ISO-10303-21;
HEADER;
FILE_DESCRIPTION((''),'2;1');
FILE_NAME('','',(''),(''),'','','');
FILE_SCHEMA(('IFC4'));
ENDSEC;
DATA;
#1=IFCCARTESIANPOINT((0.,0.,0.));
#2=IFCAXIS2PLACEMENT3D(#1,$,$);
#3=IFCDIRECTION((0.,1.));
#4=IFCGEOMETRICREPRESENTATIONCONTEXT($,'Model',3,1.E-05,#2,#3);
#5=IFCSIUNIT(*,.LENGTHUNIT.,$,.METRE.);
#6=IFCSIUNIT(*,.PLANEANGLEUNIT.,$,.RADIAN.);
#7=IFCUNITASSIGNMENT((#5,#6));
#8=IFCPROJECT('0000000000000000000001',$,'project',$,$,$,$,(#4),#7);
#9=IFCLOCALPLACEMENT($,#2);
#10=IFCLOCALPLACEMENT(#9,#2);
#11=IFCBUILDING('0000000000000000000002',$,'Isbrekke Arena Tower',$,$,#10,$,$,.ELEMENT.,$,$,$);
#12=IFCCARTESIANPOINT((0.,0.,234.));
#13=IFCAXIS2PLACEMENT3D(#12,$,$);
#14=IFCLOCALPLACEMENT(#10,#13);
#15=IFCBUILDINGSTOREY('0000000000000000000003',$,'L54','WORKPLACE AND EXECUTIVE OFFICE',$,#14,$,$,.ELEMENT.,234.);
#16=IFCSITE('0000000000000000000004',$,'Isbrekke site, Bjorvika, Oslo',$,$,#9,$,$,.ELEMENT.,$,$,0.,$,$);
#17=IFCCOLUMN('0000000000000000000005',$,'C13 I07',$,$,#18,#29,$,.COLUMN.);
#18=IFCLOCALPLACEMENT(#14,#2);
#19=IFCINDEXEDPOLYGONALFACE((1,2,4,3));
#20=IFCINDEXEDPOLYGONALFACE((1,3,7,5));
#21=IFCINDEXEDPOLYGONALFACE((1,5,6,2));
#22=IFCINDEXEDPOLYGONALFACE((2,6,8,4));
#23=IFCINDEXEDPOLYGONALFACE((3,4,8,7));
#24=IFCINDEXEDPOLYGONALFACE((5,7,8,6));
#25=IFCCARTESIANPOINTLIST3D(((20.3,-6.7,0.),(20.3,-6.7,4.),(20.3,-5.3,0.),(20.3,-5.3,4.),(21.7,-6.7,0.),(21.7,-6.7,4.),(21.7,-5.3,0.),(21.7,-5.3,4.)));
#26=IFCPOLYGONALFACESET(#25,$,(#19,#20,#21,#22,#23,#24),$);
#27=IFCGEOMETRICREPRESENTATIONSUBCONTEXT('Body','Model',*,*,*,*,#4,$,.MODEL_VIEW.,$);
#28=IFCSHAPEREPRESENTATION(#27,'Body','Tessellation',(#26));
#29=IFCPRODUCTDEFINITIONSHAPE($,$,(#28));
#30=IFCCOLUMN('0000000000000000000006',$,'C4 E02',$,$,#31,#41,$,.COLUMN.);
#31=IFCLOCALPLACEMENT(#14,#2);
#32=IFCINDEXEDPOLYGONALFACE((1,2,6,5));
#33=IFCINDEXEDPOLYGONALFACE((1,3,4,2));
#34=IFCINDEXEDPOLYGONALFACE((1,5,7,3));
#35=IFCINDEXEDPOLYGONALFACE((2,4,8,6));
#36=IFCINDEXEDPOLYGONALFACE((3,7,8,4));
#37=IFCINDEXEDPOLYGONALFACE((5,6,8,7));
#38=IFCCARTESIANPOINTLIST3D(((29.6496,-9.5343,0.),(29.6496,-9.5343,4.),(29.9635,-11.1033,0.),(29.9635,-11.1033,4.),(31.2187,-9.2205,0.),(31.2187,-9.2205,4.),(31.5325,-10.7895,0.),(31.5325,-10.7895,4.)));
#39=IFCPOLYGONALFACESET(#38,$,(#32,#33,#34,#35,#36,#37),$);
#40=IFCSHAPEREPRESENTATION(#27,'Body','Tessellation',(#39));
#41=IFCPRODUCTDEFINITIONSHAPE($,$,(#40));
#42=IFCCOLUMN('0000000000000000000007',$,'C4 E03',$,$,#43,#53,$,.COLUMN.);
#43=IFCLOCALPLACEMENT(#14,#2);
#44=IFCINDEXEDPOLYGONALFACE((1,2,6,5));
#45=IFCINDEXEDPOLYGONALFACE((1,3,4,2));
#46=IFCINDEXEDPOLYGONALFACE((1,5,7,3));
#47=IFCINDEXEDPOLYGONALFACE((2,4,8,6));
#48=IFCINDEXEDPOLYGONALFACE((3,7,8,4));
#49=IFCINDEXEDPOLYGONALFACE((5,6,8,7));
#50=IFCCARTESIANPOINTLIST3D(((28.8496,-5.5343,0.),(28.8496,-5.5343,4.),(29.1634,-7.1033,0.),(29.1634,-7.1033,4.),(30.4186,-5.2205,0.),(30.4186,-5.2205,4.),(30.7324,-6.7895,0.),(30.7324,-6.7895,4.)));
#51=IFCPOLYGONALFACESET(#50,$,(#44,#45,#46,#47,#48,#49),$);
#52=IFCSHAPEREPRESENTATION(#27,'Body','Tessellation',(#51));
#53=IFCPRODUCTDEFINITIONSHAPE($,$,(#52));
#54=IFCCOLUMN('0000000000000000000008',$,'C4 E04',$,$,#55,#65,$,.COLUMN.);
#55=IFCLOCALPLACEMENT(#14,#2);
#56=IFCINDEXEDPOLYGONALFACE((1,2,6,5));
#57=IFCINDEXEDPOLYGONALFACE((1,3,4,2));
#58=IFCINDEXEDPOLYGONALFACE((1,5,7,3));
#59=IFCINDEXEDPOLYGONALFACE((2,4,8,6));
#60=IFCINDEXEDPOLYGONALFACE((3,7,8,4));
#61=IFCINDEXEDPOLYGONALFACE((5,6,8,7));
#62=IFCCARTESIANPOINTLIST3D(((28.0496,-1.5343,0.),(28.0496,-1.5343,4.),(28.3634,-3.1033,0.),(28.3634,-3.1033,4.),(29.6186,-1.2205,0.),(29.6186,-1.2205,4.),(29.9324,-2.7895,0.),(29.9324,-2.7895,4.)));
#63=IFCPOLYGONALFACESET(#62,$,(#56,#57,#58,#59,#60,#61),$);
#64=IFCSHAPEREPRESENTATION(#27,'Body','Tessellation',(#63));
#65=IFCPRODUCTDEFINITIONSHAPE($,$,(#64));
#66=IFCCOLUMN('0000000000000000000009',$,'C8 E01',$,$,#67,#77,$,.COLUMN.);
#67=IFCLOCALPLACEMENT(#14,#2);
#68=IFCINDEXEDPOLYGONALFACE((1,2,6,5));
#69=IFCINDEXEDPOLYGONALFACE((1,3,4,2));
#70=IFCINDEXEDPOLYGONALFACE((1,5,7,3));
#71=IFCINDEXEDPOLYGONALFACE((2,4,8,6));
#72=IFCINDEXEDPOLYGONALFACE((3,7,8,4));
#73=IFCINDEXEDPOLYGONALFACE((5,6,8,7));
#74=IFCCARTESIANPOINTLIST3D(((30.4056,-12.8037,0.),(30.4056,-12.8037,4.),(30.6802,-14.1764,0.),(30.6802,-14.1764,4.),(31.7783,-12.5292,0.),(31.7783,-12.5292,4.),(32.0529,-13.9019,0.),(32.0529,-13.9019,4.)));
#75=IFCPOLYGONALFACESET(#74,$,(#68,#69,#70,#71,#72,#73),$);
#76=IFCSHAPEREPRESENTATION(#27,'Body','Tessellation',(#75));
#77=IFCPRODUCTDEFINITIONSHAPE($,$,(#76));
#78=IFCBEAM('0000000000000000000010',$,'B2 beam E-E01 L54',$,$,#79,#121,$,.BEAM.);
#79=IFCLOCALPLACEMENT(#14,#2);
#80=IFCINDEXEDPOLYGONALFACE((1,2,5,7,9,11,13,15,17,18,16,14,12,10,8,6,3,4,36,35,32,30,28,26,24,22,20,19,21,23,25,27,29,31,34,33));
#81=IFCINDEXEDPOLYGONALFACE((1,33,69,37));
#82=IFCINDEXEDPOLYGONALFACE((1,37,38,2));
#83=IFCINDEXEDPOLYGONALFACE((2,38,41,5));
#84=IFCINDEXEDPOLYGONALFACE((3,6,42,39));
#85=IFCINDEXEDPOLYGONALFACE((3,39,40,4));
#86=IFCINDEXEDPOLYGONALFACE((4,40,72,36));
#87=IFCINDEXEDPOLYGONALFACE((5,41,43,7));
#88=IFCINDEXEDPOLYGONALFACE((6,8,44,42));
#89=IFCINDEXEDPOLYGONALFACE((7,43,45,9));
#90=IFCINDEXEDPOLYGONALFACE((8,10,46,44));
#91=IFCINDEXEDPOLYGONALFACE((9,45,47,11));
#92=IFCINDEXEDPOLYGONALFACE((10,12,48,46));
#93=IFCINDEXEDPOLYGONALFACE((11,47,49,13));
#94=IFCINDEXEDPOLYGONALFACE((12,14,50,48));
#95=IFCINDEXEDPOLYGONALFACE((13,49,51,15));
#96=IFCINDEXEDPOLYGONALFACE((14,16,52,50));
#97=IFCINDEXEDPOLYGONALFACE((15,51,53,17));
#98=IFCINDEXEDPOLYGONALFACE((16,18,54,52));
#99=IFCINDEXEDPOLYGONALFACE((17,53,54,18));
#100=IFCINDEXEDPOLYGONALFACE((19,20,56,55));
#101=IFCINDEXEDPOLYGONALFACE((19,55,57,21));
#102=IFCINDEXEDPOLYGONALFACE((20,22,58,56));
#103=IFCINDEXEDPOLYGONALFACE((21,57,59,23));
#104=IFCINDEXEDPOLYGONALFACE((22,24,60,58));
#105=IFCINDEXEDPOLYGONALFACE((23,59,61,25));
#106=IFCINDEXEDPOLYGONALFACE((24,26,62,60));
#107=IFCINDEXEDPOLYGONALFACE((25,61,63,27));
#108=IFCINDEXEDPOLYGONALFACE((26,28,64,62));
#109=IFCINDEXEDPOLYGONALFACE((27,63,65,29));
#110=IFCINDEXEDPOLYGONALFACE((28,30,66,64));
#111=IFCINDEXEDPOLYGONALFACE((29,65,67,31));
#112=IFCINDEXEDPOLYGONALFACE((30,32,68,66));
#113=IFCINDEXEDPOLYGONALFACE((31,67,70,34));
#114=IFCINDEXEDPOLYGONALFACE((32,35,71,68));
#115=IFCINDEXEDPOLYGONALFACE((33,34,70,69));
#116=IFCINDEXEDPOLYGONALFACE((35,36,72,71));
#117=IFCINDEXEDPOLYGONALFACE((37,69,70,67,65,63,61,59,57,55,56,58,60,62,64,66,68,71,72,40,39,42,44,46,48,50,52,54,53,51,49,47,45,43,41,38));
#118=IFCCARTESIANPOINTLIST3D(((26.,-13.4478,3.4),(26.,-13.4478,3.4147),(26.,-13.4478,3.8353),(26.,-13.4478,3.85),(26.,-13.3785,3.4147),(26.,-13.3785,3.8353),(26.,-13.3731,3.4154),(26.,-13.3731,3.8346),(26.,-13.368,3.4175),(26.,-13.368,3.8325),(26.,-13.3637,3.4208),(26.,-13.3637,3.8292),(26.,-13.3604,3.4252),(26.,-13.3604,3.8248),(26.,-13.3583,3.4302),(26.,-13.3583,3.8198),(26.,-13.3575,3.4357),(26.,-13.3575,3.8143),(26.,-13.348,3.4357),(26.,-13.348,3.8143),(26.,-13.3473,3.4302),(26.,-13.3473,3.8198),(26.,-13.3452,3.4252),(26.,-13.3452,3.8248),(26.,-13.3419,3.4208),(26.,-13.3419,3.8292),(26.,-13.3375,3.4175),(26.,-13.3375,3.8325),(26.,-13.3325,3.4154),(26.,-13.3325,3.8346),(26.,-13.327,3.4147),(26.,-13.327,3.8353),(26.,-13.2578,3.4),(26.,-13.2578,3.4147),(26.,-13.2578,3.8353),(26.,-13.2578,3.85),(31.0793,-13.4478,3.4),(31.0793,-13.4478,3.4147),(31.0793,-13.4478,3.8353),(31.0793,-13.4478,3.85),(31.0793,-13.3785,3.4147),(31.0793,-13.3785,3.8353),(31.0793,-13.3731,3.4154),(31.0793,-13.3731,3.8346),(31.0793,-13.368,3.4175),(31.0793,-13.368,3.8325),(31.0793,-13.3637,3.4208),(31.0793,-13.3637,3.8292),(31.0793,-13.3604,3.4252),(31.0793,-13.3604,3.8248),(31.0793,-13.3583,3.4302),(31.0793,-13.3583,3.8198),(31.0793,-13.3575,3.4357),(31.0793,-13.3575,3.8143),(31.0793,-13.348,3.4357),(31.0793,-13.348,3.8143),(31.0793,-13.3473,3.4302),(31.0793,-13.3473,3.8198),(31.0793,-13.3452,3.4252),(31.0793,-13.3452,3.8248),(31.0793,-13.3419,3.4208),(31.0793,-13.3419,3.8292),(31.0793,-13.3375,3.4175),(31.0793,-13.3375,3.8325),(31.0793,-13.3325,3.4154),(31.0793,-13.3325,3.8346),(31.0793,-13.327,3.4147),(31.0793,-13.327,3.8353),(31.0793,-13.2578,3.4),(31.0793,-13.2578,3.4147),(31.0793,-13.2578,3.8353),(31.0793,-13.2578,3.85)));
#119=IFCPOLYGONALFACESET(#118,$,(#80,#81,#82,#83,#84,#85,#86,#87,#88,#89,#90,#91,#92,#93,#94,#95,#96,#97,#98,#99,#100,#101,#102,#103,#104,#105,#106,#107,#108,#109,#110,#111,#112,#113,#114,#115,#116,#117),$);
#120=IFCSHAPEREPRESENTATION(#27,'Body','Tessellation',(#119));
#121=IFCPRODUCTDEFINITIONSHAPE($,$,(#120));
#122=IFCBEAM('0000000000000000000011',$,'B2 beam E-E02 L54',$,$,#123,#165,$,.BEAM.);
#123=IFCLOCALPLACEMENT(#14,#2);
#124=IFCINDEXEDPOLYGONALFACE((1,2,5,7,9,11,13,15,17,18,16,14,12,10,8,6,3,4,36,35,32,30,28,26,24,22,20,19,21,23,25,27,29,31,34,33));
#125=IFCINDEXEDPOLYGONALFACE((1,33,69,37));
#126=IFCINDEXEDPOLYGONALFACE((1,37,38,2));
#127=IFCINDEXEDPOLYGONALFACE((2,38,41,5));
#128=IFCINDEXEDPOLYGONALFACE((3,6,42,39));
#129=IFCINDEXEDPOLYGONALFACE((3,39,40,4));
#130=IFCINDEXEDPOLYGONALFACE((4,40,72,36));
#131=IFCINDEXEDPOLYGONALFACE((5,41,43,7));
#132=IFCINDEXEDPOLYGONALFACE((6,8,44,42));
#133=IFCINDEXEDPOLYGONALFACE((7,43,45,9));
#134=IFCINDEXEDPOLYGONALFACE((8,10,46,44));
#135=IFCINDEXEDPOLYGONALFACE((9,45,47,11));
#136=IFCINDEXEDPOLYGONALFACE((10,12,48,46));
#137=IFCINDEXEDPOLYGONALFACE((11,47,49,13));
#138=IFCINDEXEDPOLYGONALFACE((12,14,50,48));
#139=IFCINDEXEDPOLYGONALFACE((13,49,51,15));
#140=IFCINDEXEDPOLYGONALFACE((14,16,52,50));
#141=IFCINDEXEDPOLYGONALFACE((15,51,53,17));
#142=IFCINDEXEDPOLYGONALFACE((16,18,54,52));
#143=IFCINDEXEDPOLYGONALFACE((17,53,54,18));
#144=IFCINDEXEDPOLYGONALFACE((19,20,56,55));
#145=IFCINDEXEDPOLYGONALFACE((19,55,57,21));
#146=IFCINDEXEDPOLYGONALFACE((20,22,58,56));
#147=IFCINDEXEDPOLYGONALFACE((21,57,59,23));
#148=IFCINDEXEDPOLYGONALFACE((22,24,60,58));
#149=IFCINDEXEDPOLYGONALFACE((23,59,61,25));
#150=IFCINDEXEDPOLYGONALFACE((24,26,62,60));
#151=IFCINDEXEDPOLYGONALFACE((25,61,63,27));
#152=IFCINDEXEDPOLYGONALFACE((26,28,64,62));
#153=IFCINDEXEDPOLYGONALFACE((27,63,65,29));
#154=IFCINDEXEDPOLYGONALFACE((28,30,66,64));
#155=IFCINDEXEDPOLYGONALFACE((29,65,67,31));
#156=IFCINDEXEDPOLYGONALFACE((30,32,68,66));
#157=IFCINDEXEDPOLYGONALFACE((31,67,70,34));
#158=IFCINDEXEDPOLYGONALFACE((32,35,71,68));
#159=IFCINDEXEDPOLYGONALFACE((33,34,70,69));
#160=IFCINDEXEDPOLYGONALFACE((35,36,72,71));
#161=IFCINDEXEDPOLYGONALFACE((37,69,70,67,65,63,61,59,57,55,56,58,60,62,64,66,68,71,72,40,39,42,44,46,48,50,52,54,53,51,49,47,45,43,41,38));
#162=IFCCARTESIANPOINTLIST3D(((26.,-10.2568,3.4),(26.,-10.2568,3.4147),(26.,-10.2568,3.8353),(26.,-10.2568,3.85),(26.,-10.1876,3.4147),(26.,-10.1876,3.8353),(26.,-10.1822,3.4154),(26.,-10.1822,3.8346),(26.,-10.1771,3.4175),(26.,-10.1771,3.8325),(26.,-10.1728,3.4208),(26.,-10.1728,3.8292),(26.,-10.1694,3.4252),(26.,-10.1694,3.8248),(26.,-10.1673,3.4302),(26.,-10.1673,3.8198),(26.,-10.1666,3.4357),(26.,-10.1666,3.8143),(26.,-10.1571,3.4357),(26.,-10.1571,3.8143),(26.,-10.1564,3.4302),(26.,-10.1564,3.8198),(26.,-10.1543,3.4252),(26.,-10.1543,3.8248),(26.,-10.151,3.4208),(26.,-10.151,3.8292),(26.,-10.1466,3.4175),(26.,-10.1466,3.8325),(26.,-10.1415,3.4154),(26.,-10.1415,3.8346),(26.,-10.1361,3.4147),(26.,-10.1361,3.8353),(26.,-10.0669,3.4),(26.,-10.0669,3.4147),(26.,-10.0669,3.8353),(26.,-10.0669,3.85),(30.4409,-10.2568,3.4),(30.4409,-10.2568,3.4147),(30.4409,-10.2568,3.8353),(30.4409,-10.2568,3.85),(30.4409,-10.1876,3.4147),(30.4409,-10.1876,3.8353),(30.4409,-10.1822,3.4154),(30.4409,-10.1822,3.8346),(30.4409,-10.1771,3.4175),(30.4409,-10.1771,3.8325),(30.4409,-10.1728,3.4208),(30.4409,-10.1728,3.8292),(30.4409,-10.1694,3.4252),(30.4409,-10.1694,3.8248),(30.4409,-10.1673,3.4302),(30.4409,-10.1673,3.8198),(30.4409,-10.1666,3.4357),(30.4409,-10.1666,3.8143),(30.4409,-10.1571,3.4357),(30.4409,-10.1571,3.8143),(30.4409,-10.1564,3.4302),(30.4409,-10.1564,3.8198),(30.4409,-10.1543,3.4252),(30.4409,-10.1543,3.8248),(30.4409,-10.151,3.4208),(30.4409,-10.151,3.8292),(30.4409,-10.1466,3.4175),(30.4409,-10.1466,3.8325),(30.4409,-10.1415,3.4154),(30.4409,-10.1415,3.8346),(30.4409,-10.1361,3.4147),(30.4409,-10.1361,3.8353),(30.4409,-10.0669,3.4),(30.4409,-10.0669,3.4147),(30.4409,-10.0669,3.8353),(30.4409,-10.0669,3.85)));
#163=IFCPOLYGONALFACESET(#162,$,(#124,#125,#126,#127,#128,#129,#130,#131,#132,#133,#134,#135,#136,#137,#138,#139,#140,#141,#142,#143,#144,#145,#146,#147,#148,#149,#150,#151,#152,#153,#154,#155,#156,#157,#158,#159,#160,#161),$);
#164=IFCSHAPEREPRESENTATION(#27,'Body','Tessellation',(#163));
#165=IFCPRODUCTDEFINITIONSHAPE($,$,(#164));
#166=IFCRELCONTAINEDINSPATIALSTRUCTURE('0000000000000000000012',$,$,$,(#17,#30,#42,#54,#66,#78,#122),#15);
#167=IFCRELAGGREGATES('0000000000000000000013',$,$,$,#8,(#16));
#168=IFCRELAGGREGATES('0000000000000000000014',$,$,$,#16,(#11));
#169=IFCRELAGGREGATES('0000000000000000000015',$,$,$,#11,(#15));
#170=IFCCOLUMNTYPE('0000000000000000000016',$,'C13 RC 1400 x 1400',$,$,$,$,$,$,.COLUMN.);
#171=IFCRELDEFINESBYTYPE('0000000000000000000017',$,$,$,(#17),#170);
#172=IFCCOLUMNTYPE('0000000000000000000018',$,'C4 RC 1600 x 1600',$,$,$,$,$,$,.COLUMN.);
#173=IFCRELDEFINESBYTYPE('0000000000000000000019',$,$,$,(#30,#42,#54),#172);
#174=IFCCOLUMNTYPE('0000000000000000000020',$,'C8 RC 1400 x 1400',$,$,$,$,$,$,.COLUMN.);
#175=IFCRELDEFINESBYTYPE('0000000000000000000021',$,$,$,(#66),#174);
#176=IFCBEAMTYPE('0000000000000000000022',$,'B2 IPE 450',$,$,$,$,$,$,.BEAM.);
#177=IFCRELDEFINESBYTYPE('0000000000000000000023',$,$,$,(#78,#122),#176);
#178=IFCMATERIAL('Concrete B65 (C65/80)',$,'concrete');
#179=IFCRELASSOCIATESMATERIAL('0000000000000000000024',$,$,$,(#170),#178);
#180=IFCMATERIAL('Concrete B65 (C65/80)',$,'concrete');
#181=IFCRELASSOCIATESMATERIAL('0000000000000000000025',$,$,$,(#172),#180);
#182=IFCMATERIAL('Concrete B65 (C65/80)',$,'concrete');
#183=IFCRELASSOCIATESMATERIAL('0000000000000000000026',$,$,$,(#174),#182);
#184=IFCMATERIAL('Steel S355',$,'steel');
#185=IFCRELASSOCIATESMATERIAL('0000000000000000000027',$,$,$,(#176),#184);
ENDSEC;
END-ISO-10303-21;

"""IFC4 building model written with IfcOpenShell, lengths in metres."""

from ifc_helpers import new_model, si_unit, direction, frame, origin, origin_2d, place, context, subcontext, project, spatial, rectangle, i_section, extrude, material, material_profile, profile_set, type_object, element, save


model = new_model("IFC4")

# Units and contexts
model_context = context("Model", 3, precision=1e-05, world=origin(), true_north=direction((0.0, 1.0)))
body_context = subcontext(model_context, "Body", "Model", "MODEL_VIEW")
ifc_project = project(units=[si_unit("LENGTHUNIT", "METRE"), si_unit("PLANEANGLEUNIT", "RADIAN")], contexts=[model_context])

# Site, building, storey
site_placement = place(None, origin())
site = spatial("IfcSite", under=ifc_project, at=site_placement, Name="Isbrekke site, Bjorvika, Oslo", CompositionType="ELEMENT", RefElevation=0.0)
building_placement = place(site_placement, origin())
building = spatial("IfcBuilding", under=site, at=building_placement, Name="Isbrekke Arena Tower", CompositionType="ELEMENT")
storey_placement = place(building_placement, frame((0.0, 0.0, 234.0)))
storey = spatial("IfcBuildingStorey", under=building, at=storey_placement, Name="L54", Description="WORKPLACE AND EXECUTIVE OFFICE", CompositionType="ELEMENT", Elevation=234.0)

# Columns
ifc_material_1 = material(Name="Concrete B65 (C65/80)", Category="concrete")
ifc_material_profile_1 = material_profile(ifc_material_1, rectangle(XDim=1.3999, YDim=1.3999, at=origin_2d()), Name="RC 1400x1400")
ifc_profile_set_1 = profile_set([ifc_material_profile_1], Name="Concrete B65 (C65/80)")
column_type_1 = type_object("IfcColumnType", Name="C13 RC 1400 x 1400", PredefinedType="COLUMN", material=ifc_profile_set_1)
column_1_placement = place(storey_placement, frame((21.0, -6.0, 0.0), z_axis=(0.0, 0.0, 1.0), x_axis=(1.0, 0.0, 0.0)))
element("IfcColumn", 1, at=column_1_placement, inside=storey, type_object=column_type_1, Name="C13 I07", PredefinedType="COLUMN", context=body_context, shape_type="SweptSolid", body=[
    extrude(rectangle(XDim=1.3999, YDim=1.3999, at=origin_2d()), origin(), (0.0, 0.0, 1.0), 4.0),
])
ifc_material_2 = material(Name="Concrete B65 (C65/80)", Category="concrete")
ifc_material_profile_2 = material_profile(ifc_material_2, rectangle(XDim=1.6001, YDim=1.6001, at=origin_2d()), Name="RC 1600x1600")
ifc_profile_set_2 = profile_set([ifc_material_profile_2], Name="Concrete B65 (C65/80)")
column_type_2 = type_object("IfcColumnType", Name="C4 RC 1600 x 1600", PredefinedType="COLUMN", material=ifc_profile_set_2)
for number, where, z_axis, x_axis, name in (
    (2, (30.5911, -10.1619, 0.0), (0.0, 0.0, 1.0), (-0.196116, 0.980581, 0.0), "C4 E02"),
    (3, (29.791, -6.1619, 0.0), (0.0, 0.0, 1.0), (-0.196116, 0.980581, 0.0), "C4 E03"),
    (4, (28.991, -2.1619, 0.0), (0.0, 0.0, 1.0), (-0.196116, 0.980581, 0.0), "C4 E04"),
):
    element("IfcColumn", number, at=place(storey_placement, frame(where, z_axis=z_axis, x_axis=x_axis)), inside=storey, type_object=column_type_2, Name=name, PredefinedType="COLUMN", context=body_context, shape_type="SweptSolid", body=[
        extrude(rectangle(XDim=1.6001, YDim=1.6001, at=origin_2d()), origin(), (0.0, 0.0, 1.0), 4.0),
    ])
ifc_material_3 = material(Name="Concrete B65 (C65/80)", Category="concrete")
ifc_material_profile_3 = material_profile(ifc_material_3, rectangle(XDim=1.3999, YDim=1.3999, at=origin_2d()), Name="RC 1400x1400")
ifc_profile_set_3 = profile_set([ifc_material_profile_3], Name="Concrete B65 (C65/80)")
column_type_3 = type_object("IfcColumnType", Name="C8 RC 1400 x 1400", PredefinedType="COLUMN", material=ifc_profile_set_3)
column_2_placement = place(storey_placement, frame((31.2292, -13.3528, 0.0), z_axis=(0.0, 0.0, 1.0), x_axis=(-0.196116, 0.980581, 0.0)))
element("IfcColumn", 5, at=column_2_placement, inside=storey, type_object=column_type_3, Name="C8 E01", PredefinedType="COLUMN", context=body_context, shape_type="SweptSolid", body=[
    extrude(rectangle(XDim=1.3999, YDim=1.3999, at=origin_2d()), origin(), (0.0, 0.0, 1.0), 4.0),
])

# Beams
ifc_material_4 = material(Name="Steel S355", Category="steel")
ifc_material_profile_4 = material_profile(ifc_material_4, i_section(OverallWidth=0.1899, OverallDepth=0.45, WebThickness=0.0095, FlangeThickness=0.0146, FilletRadius=0.021, at=origin_2d()), Name="IPE 450")
ifc_profile_set_4 = profile_set([ifc_material_profile_4], Name="Steel S355")
beam_type_1 = type_object("IfcBeamType", Name="B2 IPE 450", PredefinedType="BEAM", material=ifc_profile_set_4)
beam_1_placement = place(storey_placement, frame((31.0793, -13.3528, 3.625), z_axis=(-1.0, 0.0, 0.0), x_axis=(0.0, -1.0, 0.0)))
element("IfcBeam", 6, at=beam_1_placement, inside=storey, type_object=beam_type_1, Name="B2 beam E-E01 L54", PredefinedType="BEAM", context=body_context, shape_type="SweptSolid", body=[
    extrude(i_section(OverallWidth=0.1899, OverallDepth=0.45, WebThickness=0.0095, FlangeThickness=0.0146, FilletRadius=0.021, at=origin_2d()), origin(), (0.0, 0.0, 1.0), 5.0793),
])
beam_2_placement = place(storey_placement, frame((30.4409, -10.1619, 3.625), z_axis=(-1.0, 0.0, 0.0), x_axis=(0.0, -1.0, 0.0)))
element("IfcBeam", 7, at=beam_2_placement, inside=storey, type_object=beam_type_1, Name="B2 beam E-E02 L54", PredefinedType="BEAM", context=body_context, shape_type="SweptSolid", body=[
    extrude(i_section(OverallWidth=0.1899, OverallDepth=0.45, WebThickness=0.0095, FlangeThickness=0.0146, FilletRadius=0.021, at=origin_2d()), origin(), (0.0, 0.0, 1.0), 4.4409),
])

save(model, "model.ifc")
